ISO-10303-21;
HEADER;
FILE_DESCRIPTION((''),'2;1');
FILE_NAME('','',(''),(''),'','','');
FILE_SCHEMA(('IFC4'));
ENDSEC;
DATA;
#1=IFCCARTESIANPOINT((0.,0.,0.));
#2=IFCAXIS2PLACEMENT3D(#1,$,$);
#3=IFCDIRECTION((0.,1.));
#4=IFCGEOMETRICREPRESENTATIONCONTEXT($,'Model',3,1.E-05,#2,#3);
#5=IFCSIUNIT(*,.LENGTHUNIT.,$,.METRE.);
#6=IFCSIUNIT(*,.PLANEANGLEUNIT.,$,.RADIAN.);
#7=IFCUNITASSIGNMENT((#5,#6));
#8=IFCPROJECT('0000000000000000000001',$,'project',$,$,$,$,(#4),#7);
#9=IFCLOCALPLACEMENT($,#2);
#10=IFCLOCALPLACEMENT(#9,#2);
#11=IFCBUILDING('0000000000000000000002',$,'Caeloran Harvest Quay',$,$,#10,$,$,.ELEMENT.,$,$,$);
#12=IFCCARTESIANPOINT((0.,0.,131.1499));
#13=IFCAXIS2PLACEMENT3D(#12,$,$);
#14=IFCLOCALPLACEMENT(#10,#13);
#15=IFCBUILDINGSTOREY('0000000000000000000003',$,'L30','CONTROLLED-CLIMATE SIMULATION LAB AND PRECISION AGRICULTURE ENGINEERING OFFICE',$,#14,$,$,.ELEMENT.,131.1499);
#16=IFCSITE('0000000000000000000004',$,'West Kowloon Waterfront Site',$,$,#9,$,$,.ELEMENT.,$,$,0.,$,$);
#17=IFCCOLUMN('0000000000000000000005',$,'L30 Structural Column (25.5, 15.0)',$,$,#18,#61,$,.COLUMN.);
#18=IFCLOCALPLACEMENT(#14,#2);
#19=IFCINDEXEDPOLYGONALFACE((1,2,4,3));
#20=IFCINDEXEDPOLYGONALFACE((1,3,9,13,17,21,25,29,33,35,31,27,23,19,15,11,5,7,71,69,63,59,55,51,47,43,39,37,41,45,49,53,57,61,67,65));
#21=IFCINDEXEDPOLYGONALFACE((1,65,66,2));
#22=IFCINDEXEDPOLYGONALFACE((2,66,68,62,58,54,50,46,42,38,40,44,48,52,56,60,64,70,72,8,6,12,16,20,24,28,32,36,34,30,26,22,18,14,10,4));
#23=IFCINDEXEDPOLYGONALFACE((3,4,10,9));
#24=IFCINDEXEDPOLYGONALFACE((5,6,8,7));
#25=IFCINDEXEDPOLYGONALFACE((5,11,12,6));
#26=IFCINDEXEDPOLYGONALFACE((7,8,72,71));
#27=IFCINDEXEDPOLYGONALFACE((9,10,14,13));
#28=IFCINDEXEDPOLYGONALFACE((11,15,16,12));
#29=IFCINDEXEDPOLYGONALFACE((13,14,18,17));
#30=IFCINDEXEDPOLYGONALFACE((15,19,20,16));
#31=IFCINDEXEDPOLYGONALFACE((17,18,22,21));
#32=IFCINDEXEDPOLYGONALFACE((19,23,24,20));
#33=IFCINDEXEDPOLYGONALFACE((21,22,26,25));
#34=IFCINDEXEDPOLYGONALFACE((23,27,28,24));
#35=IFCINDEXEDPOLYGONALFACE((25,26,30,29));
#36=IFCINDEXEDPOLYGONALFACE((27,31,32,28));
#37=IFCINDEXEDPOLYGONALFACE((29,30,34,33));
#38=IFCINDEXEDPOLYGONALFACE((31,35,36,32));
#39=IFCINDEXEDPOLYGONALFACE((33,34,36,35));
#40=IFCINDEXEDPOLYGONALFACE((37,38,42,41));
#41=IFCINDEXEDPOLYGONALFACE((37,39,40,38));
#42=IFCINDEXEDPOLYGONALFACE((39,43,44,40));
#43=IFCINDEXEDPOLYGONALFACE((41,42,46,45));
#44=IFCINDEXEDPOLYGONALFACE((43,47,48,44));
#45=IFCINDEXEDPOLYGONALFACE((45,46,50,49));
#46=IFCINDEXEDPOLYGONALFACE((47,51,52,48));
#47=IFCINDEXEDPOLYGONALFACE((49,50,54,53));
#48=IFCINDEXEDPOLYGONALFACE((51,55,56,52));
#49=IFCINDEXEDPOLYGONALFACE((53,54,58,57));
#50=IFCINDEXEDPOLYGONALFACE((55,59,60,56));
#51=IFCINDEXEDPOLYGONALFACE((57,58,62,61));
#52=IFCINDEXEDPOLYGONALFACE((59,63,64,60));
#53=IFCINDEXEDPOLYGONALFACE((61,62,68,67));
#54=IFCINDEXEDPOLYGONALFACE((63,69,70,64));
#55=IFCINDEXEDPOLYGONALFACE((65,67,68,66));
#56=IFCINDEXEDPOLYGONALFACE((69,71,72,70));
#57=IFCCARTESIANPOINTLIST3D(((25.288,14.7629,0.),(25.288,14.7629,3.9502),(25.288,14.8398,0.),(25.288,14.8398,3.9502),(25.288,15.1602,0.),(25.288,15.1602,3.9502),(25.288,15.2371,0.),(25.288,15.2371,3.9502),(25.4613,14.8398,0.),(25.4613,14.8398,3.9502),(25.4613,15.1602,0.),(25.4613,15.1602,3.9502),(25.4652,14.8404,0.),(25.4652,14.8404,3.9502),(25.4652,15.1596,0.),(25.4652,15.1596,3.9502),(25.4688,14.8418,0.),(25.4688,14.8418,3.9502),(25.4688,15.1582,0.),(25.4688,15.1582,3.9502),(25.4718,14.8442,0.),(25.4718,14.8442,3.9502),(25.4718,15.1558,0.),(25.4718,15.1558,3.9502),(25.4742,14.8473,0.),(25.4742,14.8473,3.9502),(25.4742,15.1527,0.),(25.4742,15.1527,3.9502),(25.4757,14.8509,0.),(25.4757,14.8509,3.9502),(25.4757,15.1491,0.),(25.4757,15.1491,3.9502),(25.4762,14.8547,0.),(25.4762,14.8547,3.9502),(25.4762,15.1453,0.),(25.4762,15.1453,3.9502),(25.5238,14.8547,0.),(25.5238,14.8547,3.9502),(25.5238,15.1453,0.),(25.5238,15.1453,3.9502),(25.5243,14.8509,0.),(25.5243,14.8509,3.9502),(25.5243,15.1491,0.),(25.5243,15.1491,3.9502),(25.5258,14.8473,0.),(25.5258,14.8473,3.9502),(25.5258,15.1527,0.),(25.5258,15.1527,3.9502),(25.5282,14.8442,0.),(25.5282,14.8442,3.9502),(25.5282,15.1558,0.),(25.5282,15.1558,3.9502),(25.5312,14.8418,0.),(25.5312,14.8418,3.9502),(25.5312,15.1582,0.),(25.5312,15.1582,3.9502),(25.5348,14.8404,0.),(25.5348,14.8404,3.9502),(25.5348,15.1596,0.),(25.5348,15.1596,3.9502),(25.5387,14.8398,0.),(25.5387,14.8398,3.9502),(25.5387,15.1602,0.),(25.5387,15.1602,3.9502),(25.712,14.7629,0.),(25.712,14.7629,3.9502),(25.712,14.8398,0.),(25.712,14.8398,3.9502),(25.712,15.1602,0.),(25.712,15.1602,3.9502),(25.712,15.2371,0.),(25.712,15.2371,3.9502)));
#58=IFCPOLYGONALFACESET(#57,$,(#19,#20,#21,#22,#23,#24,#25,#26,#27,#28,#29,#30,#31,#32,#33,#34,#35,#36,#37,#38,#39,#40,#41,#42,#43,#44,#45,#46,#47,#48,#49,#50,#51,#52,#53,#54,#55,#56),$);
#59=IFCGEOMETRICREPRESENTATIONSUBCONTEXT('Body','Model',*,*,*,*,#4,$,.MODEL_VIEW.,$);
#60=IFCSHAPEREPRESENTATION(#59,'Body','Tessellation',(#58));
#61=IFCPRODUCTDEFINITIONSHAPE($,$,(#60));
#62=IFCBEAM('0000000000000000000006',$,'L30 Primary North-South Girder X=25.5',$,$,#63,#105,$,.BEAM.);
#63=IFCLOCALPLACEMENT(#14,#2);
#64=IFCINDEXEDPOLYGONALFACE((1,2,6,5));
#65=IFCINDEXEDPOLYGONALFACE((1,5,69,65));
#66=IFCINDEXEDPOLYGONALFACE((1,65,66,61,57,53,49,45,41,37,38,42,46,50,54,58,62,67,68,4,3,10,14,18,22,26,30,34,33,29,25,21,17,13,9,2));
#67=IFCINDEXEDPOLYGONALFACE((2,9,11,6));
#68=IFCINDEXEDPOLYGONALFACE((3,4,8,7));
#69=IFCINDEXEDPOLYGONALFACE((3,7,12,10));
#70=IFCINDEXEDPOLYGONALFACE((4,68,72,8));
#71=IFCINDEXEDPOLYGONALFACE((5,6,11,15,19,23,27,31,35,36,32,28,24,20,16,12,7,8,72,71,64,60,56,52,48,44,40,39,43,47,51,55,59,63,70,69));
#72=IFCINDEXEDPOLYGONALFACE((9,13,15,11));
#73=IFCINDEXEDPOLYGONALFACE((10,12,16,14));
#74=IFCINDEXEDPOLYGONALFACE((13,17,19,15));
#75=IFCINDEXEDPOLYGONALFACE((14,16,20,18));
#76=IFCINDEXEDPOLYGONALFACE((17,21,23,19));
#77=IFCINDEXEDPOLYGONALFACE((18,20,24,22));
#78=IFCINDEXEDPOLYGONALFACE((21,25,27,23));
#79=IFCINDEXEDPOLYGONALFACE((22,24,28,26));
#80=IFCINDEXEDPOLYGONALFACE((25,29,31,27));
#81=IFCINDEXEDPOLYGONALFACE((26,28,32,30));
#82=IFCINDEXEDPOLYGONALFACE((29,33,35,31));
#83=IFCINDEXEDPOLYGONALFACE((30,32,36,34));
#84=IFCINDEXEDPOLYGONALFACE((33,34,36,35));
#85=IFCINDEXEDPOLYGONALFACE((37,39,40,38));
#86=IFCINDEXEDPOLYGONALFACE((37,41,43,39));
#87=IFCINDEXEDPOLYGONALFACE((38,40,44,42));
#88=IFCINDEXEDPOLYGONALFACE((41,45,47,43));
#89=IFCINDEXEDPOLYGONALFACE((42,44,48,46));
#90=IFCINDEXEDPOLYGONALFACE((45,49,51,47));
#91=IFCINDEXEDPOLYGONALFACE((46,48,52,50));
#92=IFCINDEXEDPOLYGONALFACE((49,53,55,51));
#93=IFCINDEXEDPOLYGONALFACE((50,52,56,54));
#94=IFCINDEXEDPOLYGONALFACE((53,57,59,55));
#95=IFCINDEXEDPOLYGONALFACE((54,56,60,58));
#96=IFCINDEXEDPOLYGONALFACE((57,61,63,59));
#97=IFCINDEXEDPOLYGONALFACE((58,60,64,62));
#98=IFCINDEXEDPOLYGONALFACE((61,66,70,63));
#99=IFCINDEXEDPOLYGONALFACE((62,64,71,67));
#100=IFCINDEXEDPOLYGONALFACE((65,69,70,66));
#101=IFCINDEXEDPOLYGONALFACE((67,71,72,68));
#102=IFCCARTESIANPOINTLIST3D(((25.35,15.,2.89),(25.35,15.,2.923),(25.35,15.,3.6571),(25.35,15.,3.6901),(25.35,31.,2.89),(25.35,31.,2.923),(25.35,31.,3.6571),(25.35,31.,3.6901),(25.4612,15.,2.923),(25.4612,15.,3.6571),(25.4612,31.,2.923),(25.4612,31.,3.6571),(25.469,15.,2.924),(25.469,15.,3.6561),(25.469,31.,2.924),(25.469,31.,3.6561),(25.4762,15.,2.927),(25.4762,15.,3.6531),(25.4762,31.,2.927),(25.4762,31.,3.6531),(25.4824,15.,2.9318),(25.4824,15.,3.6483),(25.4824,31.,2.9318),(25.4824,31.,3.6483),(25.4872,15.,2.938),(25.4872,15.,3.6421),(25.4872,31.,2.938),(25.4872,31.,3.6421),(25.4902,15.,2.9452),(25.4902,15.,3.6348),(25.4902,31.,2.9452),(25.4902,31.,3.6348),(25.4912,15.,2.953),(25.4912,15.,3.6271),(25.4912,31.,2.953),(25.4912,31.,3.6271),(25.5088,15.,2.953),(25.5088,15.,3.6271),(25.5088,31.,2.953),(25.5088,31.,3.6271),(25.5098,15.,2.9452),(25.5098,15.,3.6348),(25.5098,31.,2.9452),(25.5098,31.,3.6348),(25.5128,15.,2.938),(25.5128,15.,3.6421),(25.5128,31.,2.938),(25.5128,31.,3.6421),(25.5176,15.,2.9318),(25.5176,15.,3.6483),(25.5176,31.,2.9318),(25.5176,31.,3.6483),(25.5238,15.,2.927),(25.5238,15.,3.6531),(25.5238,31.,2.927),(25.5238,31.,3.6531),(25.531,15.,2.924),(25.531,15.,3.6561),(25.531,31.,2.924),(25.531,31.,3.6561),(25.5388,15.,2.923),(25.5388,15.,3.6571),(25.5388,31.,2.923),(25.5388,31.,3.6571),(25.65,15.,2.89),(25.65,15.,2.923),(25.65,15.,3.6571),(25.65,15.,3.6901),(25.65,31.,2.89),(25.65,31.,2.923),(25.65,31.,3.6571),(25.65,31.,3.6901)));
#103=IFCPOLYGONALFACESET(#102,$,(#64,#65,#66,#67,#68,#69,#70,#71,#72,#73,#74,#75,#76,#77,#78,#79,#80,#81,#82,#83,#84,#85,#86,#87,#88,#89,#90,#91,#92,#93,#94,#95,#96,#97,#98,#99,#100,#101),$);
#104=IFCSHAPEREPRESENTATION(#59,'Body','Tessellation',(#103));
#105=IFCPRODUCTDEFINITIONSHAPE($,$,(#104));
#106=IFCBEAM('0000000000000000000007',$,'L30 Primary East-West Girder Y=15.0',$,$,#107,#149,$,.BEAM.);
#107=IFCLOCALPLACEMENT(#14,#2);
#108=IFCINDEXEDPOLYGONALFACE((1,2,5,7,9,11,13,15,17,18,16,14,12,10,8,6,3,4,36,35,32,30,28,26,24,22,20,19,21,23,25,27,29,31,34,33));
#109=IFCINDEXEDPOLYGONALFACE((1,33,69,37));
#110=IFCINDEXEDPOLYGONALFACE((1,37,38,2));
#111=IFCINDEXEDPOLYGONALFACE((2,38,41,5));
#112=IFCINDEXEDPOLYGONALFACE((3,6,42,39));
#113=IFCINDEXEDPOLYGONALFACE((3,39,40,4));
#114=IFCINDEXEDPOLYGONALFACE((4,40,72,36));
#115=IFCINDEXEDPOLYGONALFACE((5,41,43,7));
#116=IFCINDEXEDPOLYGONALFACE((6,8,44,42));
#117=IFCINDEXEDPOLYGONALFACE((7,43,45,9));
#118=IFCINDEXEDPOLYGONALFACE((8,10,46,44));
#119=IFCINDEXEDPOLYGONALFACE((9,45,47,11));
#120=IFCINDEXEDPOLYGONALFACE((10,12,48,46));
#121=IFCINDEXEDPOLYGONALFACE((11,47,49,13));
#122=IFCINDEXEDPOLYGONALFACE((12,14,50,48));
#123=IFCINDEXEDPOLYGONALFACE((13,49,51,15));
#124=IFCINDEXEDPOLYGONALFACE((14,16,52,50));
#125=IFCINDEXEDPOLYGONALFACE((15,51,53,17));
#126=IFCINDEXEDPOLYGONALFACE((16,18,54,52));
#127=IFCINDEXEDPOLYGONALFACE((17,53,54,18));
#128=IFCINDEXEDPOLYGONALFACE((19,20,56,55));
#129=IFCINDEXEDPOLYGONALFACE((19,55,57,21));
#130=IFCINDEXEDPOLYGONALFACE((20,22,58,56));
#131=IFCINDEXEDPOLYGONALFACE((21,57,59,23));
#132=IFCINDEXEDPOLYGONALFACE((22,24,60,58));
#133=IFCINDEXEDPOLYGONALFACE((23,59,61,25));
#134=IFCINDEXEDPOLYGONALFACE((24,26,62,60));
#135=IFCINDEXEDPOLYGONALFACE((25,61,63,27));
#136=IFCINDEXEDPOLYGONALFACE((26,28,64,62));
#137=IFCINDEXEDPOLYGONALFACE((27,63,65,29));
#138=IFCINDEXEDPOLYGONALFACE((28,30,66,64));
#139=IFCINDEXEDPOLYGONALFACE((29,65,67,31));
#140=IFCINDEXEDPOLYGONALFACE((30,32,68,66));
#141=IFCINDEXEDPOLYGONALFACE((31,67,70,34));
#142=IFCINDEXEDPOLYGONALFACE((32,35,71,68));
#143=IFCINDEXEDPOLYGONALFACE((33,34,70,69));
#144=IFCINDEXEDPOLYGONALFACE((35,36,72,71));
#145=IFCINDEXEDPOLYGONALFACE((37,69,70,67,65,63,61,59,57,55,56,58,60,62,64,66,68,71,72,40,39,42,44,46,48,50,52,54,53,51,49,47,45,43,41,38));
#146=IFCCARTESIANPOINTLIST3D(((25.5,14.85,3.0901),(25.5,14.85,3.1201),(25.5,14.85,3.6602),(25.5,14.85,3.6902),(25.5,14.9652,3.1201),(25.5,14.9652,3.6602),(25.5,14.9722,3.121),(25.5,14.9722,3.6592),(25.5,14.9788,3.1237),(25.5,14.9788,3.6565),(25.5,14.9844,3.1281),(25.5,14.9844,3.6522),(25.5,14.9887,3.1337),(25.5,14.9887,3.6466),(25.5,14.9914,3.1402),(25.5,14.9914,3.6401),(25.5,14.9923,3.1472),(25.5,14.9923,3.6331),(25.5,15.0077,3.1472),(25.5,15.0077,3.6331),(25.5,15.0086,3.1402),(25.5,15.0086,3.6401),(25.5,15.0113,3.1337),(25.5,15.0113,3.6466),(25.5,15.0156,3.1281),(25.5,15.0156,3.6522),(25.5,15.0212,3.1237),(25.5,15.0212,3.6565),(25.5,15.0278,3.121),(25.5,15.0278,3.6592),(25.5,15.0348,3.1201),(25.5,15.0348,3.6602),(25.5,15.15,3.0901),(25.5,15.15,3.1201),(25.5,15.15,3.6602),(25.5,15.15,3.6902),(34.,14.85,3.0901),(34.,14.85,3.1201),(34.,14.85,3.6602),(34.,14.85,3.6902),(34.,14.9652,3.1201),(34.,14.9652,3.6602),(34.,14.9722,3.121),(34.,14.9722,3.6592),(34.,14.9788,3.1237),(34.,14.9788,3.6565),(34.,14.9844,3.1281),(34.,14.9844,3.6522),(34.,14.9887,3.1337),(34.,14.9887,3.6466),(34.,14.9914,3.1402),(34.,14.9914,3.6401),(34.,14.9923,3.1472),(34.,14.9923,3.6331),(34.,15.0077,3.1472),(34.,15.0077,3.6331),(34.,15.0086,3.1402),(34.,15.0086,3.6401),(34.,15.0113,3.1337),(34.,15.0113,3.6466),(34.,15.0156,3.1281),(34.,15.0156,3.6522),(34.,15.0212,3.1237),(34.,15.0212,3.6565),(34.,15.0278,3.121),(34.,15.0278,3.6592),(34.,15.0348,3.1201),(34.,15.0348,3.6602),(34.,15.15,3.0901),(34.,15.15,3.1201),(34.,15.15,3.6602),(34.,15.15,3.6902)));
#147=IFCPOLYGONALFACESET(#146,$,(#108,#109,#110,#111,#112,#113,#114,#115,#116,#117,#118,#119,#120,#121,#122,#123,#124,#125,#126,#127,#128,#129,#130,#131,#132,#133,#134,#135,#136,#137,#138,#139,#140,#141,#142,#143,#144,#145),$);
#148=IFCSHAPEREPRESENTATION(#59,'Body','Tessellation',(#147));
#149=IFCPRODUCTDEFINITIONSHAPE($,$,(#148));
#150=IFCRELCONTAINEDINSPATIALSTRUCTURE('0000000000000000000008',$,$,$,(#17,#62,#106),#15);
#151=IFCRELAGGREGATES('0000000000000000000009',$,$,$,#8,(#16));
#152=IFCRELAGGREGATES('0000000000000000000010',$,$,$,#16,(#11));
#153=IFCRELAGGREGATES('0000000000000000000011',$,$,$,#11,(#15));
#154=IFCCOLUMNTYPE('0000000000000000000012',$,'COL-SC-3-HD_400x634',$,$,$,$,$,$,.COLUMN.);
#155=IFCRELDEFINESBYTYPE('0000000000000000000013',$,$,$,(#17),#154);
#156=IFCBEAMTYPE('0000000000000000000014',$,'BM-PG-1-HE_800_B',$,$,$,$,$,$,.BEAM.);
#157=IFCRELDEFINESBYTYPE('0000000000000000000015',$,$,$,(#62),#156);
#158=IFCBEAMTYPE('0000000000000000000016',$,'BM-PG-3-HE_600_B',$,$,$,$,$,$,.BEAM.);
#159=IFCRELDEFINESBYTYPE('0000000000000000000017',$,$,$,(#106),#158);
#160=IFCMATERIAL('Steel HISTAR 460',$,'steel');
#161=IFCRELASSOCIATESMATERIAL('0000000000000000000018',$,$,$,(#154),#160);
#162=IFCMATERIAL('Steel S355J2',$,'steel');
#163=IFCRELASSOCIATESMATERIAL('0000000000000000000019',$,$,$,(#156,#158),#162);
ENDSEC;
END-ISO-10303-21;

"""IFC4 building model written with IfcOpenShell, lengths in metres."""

from ifc_helpers import new_model, si_unit, direction, frame, origin, origin_2d, place, context, subcontext, project, spatial, i_section, extrude, material, material_profile, profile_set, type_object, element, save


model = new_model("IFC4")

# Units and contexts
model_context = context("Model", 3, precision=1e-05, world=origin(), true_north=direction((0.0, 1.0)))
body_context = subcontext(model_context, "Body", "Model", "MODEL_VIEW")
ifc_project = project(units=[si_unit("LENGTHUNIT", "METRE"), si_unit("PLANEANGLEUNIT", "RADIAN")], contexts=[model_context])

# Site, building, storey
site_placement = place(None, origin())
site = spatial("IfcSite", under=ifc_project, at=site_placement, Name="West Kowloon Waterfront Site", CompositionType="ELEMENT", RefElevation=0.0)
building_placement = place(site_placement, origin())
building = spatial("IfcBuilding", under=site, at=building_placement, Name="Caeloran Harvest Quay", CompositionType="ELEMENT")
storey_placement = place(building_placement, frame((0.0, 0.0, 131.1499)))
storey = spatial("IfcBuildingStorey", under=building, at=storey_placement, Name="L30", Description="CONTROLLED-CLIMATE SIMULATION LAB AND PRECISION AGRICULTURE ENGINEERING OFFICE", CompositionType="ELEMENT", Elevation=131.1499)

# Column
ifc_material_1 = material(Name="Steel HISTAR 460", Category="steel")
ifc_material_profile_1 = material_profile(ifc_material_1, i_section(OverallWidth=0.4241, OverallDepth=0.4741, WebThickness=0.0476, FlangeThickness=0.0769, FilletRadius=0.0149, at=origin_2d()), Name="HD 400x634")
ifc_profile_set_1 = profile_set([ifc_material_profile_1], Name="Steel HISTAR 460")
column_type = type_object("IfcColumnType", Name="COL-SC-3-HD_400x634", PredefinedType="COLUMN", material=ifc_profile_set_1)
column_placement = place(storey_placement, frame((25.5, 15.0, 0.0), z_axis=(0.0, 0.0, 1.0), x_axis=(1.0, 0.0, 0.0)))
element("IfcColumn", 1, at=column_placement, inside=storey, type_object=column_type, Name="L30 Structural Column (25.5, 15.0)", PredefinedType="COLUMN", context=body_context, shape_type="SweptSolid", body=[
    extrude(i_section(OverallWidth=0.4241, OverallDepth=0.4741, WebThickness=0.0476, FlangeThickness=0.0769, FilletRadius=0.0149, at=origin_2d()), origin(), (0.0, 0.0, 1.0), 3.9502),
])

# Beams
ifc_material_2 = material(Name="Steel S355J2", Category="steel")
ifc_material_profile_2 = material_profile(ifc_material_2, i_section(OverallWidth=0.3, OverallDepth=0.8, WebThickness=0.0176, FlangeThickness=0.033, FilletRadius=0.03, at=origin_2d()), Name="HE 800 B")
ifc_profile_set_2 = profile_set([ifc_material_profile_2], Name="Steel S355J2")
beam_type_1 = type_object("IfcBeamType", Name="BM-PG-1-HE_800_B", PredefinedType="BEAM", material=ifc_profile_set_2)
beam_1_placement = place(storey_placement, frame((25.5, 15.0, 3.29), z_axis=(0.0, 1.0, 0.0), x_axis=(-1.0, 0.0, 0.0)))
element("IfcBeam", 2, at=beam_1_placement, inside=storey, type_object=beam_type_1, Name="L30 Primary North-South Girder X=25.5", PredefinedType="BEAM", context=body_context, shape_type="SweptSolid", body=[
    extrude(i_section(OverallWidth=0.3, OverallDepth=0.8, WebThickness=0.0176, FlangeThickness=0.033, FilletRadius=0.03, at=origin_2d()), origin(), (0.0, 0.0, 1.0), 16.0),
])
ifc_material_profile_3 = material_profile(ifc_material_2, i_section(OverallWidth=0.3, OverallDepth=0.6001, WebThickness=0.0154, FlangeThickness=0.03, FilletRadius=0.0271, at=origin_2d()), Name="HE 600 B")
ifc_profile_set_3 = profile_set([ifc_material_profile_3], Name="Steel S355J2")
beam_type_2 = type_object("IfcBeamType", Name="BM-PG-3-HE_600_B", PredefinedType="BEAM", material=ifc_profile_set_3)
beam_2_placement = place(storey_placement, frame((25.5, 15.0, 3.3901), z_axis=(1.0, 0.0, 0.0), x_axis=(0.0, 1.0, 0.0)))
element("IfcBeam", 3, at=beam_2_placement, inside=storey, type_object=beam_type_2, Name="L30 Primary East-West Girder Y=15.0", PredefinedType="BEAM", context=body_context, shape_type="SweptSolid", body=[
    extrude(i_section(OverallWidth=0.3, OverallDepth=0.6001, WebThickness=0.0154, FlangeThickness=0.03, FilletRadius=0.0271, at=origin_2d()), origin(), (0.0, 0.0, 1.0), 8.5),
])

save(model, "model.ifc")
